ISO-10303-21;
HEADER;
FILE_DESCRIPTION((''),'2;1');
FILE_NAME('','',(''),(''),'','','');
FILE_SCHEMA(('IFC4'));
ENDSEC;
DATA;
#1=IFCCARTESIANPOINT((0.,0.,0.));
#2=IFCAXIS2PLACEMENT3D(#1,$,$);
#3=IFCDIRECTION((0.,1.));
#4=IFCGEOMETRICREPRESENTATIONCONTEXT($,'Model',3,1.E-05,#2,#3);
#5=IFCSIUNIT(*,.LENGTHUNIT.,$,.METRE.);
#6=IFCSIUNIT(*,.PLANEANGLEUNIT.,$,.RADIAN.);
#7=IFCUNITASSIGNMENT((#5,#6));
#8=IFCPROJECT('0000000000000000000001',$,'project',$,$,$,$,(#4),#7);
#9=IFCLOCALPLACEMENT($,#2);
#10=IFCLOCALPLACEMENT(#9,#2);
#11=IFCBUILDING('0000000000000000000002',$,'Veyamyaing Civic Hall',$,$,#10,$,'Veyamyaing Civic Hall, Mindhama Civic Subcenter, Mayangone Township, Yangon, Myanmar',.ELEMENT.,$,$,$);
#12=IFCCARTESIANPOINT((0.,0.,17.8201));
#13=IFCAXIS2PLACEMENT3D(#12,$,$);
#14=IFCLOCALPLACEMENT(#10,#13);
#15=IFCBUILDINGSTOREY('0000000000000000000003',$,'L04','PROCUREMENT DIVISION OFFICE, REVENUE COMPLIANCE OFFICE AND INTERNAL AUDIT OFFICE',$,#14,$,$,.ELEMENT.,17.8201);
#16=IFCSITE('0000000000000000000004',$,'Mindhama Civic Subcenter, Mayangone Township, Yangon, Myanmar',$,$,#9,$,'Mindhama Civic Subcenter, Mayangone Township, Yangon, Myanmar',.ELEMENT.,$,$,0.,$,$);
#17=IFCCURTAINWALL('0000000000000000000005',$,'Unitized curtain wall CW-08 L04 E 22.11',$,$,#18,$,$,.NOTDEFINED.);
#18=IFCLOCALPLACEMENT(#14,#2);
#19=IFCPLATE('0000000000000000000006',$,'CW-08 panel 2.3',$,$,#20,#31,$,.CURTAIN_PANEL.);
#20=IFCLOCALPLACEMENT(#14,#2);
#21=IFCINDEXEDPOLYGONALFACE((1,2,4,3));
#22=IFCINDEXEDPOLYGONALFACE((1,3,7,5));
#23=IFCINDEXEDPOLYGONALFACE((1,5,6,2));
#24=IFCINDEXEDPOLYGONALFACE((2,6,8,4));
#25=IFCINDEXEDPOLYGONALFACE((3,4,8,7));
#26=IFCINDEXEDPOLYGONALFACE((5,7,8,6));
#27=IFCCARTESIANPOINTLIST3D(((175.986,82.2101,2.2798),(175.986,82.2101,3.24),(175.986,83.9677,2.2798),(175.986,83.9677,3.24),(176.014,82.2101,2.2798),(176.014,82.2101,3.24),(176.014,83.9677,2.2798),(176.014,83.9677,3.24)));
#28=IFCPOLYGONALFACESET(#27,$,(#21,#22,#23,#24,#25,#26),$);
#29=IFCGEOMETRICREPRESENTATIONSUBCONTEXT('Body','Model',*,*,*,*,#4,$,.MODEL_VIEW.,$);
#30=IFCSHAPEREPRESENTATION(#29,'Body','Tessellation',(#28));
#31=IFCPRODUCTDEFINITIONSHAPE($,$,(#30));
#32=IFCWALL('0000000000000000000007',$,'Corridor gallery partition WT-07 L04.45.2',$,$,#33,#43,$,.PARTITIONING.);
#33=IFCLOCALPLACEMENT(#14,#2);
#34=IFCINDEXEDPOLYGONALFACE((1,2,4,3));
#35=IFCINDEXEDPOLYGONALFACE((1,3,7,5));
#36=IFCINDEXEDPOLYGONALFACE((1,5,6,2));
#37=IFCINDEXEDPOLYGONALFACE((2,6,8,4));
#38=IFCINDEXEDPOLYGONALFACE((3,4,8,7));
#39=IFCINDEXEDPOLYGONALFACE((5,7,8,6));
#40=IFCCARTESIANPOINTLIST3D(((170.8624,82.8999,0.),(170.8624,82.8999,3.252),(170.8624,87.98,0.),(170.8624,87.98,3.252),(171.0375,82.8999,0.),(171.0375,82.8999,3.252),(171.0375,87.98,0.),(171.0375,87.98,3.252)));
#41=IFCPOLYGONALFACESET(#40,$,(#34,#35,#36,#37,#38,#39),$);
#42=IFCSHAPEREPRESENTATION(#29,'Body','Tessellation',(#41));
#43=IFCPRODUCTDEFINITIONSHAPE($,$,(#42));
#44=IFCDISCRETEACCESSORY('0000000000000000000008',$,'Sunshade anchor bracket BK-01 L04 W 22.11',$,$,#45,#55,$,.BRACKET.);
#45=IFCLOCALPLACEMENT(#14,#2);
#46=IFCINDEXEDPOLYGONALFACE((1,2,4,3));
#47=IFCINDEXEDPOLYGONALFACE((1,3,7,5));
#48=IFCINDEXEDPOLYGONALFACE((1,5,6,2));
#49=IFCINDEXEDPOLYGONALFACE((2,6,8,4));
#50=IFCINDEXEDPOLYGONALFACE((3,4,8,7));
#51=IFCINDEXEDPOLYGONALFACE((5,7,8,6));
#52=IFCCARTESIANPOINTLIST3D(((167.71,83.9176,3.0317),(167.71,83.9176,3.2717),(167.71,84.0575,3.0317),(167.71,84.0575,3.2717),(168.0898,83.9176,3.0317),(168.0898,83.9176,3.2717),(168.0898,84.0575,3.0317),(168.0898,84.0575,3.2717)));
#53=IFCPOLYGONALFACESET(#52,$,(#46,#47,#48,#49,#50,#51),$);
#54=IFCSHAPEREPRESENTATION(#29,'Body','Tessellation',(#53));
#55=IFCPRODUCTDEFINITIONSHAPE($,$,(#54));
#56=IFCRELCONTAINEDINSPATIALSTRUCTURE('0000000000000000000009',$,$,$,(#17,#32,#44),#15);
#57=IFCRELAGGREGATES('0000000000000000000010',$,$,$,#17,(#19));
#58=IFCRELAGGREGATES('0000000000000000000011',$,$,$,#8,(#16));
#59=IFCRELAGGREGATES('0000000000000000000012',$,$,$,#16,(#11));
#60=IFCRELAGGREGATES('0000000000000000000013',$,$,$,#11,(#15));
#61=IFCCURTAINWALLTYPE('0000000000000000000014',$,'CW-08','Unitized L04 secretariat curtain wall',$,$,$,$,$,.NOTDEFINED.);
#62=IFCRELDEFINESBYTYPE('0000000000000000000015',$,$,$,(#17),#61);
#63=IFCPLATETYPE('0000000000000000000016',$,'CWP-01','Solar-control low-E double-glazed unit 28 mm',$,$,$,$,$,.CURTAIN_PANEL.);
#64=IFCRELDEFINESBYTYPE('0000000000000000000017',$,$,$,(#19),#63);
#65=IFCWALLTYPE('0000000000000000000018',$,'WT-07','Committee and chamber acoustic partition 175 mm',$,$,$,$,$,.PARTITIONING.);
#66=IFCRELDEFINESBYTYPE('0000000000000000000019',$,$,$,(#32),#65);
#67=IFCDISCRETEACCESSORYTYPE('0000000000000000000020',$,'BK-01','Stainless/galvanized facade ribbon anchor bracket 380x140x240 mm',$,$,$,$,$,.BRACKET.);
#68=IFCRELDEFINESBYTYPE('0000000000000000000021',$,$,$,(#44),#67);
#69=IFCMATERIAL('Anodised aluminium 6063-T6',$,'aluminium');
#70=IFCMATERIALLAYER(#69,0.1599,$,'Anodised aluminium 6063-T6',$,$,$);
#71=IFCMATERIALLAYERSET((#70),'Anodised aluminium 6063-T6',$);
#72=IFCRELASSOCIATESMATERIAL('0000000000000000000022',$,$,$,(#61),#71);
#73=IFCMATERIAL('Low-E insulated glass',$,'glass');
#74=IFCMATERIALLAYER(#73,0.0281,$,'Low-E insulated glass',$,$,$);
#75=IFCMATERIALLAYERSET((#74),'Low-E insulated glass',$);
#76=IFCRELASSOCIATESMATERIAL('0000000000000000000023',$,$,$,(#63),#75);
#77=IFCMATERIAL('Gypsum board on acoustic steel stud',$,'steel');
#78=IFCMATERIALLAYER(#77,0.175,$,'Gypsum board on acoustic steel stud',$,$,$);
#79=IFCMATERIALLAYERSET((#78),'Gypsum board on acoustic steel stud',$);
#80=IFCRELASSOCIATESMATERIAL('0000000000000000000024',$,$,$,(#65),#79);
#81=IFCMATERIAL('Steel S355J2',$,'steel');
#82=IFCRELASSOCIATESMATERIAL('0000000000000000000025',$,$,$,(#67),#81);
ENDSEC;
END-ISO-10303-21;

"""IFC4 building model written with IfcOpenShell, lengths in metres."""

from ifc_helpers import new_model, si_unit, direction, frame, frame_2d, origin, origin_2d, place, context, subcontext, project, spatial, rectangle, extrude, material, layer, layer_set, type_object, element, aggregate, save


model = new_model("IFC4")

# Units and contexts
model_context = context("Model", 3, precision=1e-05, world=origin(), true_north=direction((0.0, 1.0)))
body_context = subcontext(model_context, "Body", "Model", "MODEL_VIEW")
ifc_project = project(units=[si_unit("LENGTHUNIT", "METRE"), si_unit("PLANEANGLEUNIT", "RADIAN")], contexts=[model_context])

# Site, building, storey
site_placement = place(None, origin())
site = spatial("IfcSite", under=ifc_project, at=site_placement, Name="Mindhama Civic Subcenter, Mayangone Township, Yangon, Myanmar", LongName="Mindhama Civic Subcenter, Mayangone Township, Yangon, Myanmar", CompositionType="ELEMENT", RefElevation=0.0)
building_placement = place(site_placement, origin())
building = spatial("IfcBuilding", under=site, at=building_placement, Name="Veyamyaing Civic Hall", LongName="Veyamyaing Civic Hall, Mindhama Civic Subcenter, Mayangone Township, Yangon, Myanmar", CompositionType="ELEMENT")
storey_placement = place(building_placement, frame((0.0, 0.0, 17.8201)))
storey = spatial("IfcBuildingStorey", under=building, at=storey_placement, Name="L04", Description="PROCUREMENT DIVISION OFFICE, REVENUE COMPLIANCE OFFICE AND INTERNAL AUDIT OFFICE", CompositionType="ELEMENT", Elevation=17.8201)

# Curtain wall
ifc_material_1 = material(Name="Anodised aluminium 6063-T6", Category="aluminium")
ifc_layer_1 = layer(ifc_material_1, 0.1599, Name="Anodised aluminium 6063-T6")
ifc_layer_set_1 = layer_set([ifc_layer_1], Name="Anodised aluminium 6063-T6")
curtain_wall_type = type_object("IfcCurtainWallType", Name="CW-08", Description="Unitized L04 secretariat curtain wall", PredefinedType="NOTDEFINED", material=ifc_layer_set_1)
curtain_wall_1_placement = place(storey_placement, origin())
curtain_wall_1 = element("IfcCurtainWall", 1, at=curtain_wall_1_placement, inside=storey, type_object=curtain_wall_type, Name="Unitized curtain wall CW-08 L04 E 22.11", PredefinedType="NOTDEFINED")

# Plate
ifc_material_2 = material(Name="Low-E insulated glass", Category="glass")
ifc_layer_2 = layer(ifc_material_2, 0.0281, Name="Low-E insulated glass")
ifc_layer_set_2 = layer_set([ifc_layer_2], Name="Low-E insulated glass")
plate_type = type_object("IfcPlateType", Name="CWP-01", Description="Solar-control low-E double-glazed unit 28 mm", PredefinedType="CURTAIN_PANEL", material=ifc_layer_set_2)
plate_1_placement = place(storey_placement, frame((176.0, 83.0889, 2.2798), z_axis=(0.0, 0.0, 1.0), x_axis=(0.0, 1.0, 0.0)))
plate_1 = element("IfcPlate", 2, at=plate_1_placement, type_object=plate_type, Name="CW-08 panel 2.3", PredefinedType="CURTAIN_PANEL", context=body_context, shape_type="SweptSolid", body=[
    extrude(rectangle(XDim=1.7576, YDim=0.0281, at=origin_2d()), origin(), (0.0, 0.0, 1.0), 0.9602),
])
aggregate(curtain_wall_1, [plate_1])

# Shared definitions
ifc_material_3 = material(Name="Gypsum board on acoustic steel stud", Category="steel")
ifc_layer_3 = layer(ifc_material_3, 0.175, Name="Gypsum board on acoustic steel stud")
ifc_layer_set_3 = layer_set([ifc_layer_3], Name="Gypsum board on acoustic steel stud")
wall_type = type_object("IfcWallType", Name="WT-07", Description="Committee and chamber acoustic partition 175 mm", PredefinedType="PARTITIONING", material=ifc_layer_set_3)

# Wall
wall_1_placement = place(storey_placement, frame((170.95, 82.8999, 0.0), z_axis=(0.0, 0.0, 1.0), x_axis=(0.0, 1.0, 0.0)))
element("IfcWall", 3, at=wall_1_placement, inside=storey, type_object=wall_type, Name="Corridor gallery partition WT-07 L04.45.2", PredefinedType="PARTITIONING", context=body_context, shape_type="SweptSolid", body=[
    extrude(rectangle(XDim=5.0801, YDim=0.175, at=frame_2d((2.54, 0.0))), origin(), (0.0, 0.0, 1.0), 3.252),
])

# Discrete accessory
ifc_material_4 = material(Name="Steel S355J2", Category="steel")
discrete_accessory_type = type_object("IfcDiscreteAccessoryType", Name="BK-01", Description="Stainless/galvanized facade ribbon anchor bracket 380x140x240 mm", PredefinedType="BRACKET", material=ifc_material_4)
discrete_accessory_placement = place(storey_placement, frame((167.8999, 83.9875, 3.0317), z_axis=(0.0, 0.0, 1.0), x_axis=(-1.0, 0.0, 0.0)))
element("IfcDiscreteAccessory", 4, at=discrete_accessory_placement, inside=storey, type_object=discrete_accessory_type, Name="Sunshade anchor bracket BK-01 L04 W 22.11", PredefinedType="BRACKET", context=body_context, shape_type="SweptSolid", body=[
    extrude(rectangle(XDim=0.3799, YDim=0.1399, at=origin_2d()), origin(), (0.0, 0.0, 1.0), 0.24),
])

save(model, "model.ifc")
